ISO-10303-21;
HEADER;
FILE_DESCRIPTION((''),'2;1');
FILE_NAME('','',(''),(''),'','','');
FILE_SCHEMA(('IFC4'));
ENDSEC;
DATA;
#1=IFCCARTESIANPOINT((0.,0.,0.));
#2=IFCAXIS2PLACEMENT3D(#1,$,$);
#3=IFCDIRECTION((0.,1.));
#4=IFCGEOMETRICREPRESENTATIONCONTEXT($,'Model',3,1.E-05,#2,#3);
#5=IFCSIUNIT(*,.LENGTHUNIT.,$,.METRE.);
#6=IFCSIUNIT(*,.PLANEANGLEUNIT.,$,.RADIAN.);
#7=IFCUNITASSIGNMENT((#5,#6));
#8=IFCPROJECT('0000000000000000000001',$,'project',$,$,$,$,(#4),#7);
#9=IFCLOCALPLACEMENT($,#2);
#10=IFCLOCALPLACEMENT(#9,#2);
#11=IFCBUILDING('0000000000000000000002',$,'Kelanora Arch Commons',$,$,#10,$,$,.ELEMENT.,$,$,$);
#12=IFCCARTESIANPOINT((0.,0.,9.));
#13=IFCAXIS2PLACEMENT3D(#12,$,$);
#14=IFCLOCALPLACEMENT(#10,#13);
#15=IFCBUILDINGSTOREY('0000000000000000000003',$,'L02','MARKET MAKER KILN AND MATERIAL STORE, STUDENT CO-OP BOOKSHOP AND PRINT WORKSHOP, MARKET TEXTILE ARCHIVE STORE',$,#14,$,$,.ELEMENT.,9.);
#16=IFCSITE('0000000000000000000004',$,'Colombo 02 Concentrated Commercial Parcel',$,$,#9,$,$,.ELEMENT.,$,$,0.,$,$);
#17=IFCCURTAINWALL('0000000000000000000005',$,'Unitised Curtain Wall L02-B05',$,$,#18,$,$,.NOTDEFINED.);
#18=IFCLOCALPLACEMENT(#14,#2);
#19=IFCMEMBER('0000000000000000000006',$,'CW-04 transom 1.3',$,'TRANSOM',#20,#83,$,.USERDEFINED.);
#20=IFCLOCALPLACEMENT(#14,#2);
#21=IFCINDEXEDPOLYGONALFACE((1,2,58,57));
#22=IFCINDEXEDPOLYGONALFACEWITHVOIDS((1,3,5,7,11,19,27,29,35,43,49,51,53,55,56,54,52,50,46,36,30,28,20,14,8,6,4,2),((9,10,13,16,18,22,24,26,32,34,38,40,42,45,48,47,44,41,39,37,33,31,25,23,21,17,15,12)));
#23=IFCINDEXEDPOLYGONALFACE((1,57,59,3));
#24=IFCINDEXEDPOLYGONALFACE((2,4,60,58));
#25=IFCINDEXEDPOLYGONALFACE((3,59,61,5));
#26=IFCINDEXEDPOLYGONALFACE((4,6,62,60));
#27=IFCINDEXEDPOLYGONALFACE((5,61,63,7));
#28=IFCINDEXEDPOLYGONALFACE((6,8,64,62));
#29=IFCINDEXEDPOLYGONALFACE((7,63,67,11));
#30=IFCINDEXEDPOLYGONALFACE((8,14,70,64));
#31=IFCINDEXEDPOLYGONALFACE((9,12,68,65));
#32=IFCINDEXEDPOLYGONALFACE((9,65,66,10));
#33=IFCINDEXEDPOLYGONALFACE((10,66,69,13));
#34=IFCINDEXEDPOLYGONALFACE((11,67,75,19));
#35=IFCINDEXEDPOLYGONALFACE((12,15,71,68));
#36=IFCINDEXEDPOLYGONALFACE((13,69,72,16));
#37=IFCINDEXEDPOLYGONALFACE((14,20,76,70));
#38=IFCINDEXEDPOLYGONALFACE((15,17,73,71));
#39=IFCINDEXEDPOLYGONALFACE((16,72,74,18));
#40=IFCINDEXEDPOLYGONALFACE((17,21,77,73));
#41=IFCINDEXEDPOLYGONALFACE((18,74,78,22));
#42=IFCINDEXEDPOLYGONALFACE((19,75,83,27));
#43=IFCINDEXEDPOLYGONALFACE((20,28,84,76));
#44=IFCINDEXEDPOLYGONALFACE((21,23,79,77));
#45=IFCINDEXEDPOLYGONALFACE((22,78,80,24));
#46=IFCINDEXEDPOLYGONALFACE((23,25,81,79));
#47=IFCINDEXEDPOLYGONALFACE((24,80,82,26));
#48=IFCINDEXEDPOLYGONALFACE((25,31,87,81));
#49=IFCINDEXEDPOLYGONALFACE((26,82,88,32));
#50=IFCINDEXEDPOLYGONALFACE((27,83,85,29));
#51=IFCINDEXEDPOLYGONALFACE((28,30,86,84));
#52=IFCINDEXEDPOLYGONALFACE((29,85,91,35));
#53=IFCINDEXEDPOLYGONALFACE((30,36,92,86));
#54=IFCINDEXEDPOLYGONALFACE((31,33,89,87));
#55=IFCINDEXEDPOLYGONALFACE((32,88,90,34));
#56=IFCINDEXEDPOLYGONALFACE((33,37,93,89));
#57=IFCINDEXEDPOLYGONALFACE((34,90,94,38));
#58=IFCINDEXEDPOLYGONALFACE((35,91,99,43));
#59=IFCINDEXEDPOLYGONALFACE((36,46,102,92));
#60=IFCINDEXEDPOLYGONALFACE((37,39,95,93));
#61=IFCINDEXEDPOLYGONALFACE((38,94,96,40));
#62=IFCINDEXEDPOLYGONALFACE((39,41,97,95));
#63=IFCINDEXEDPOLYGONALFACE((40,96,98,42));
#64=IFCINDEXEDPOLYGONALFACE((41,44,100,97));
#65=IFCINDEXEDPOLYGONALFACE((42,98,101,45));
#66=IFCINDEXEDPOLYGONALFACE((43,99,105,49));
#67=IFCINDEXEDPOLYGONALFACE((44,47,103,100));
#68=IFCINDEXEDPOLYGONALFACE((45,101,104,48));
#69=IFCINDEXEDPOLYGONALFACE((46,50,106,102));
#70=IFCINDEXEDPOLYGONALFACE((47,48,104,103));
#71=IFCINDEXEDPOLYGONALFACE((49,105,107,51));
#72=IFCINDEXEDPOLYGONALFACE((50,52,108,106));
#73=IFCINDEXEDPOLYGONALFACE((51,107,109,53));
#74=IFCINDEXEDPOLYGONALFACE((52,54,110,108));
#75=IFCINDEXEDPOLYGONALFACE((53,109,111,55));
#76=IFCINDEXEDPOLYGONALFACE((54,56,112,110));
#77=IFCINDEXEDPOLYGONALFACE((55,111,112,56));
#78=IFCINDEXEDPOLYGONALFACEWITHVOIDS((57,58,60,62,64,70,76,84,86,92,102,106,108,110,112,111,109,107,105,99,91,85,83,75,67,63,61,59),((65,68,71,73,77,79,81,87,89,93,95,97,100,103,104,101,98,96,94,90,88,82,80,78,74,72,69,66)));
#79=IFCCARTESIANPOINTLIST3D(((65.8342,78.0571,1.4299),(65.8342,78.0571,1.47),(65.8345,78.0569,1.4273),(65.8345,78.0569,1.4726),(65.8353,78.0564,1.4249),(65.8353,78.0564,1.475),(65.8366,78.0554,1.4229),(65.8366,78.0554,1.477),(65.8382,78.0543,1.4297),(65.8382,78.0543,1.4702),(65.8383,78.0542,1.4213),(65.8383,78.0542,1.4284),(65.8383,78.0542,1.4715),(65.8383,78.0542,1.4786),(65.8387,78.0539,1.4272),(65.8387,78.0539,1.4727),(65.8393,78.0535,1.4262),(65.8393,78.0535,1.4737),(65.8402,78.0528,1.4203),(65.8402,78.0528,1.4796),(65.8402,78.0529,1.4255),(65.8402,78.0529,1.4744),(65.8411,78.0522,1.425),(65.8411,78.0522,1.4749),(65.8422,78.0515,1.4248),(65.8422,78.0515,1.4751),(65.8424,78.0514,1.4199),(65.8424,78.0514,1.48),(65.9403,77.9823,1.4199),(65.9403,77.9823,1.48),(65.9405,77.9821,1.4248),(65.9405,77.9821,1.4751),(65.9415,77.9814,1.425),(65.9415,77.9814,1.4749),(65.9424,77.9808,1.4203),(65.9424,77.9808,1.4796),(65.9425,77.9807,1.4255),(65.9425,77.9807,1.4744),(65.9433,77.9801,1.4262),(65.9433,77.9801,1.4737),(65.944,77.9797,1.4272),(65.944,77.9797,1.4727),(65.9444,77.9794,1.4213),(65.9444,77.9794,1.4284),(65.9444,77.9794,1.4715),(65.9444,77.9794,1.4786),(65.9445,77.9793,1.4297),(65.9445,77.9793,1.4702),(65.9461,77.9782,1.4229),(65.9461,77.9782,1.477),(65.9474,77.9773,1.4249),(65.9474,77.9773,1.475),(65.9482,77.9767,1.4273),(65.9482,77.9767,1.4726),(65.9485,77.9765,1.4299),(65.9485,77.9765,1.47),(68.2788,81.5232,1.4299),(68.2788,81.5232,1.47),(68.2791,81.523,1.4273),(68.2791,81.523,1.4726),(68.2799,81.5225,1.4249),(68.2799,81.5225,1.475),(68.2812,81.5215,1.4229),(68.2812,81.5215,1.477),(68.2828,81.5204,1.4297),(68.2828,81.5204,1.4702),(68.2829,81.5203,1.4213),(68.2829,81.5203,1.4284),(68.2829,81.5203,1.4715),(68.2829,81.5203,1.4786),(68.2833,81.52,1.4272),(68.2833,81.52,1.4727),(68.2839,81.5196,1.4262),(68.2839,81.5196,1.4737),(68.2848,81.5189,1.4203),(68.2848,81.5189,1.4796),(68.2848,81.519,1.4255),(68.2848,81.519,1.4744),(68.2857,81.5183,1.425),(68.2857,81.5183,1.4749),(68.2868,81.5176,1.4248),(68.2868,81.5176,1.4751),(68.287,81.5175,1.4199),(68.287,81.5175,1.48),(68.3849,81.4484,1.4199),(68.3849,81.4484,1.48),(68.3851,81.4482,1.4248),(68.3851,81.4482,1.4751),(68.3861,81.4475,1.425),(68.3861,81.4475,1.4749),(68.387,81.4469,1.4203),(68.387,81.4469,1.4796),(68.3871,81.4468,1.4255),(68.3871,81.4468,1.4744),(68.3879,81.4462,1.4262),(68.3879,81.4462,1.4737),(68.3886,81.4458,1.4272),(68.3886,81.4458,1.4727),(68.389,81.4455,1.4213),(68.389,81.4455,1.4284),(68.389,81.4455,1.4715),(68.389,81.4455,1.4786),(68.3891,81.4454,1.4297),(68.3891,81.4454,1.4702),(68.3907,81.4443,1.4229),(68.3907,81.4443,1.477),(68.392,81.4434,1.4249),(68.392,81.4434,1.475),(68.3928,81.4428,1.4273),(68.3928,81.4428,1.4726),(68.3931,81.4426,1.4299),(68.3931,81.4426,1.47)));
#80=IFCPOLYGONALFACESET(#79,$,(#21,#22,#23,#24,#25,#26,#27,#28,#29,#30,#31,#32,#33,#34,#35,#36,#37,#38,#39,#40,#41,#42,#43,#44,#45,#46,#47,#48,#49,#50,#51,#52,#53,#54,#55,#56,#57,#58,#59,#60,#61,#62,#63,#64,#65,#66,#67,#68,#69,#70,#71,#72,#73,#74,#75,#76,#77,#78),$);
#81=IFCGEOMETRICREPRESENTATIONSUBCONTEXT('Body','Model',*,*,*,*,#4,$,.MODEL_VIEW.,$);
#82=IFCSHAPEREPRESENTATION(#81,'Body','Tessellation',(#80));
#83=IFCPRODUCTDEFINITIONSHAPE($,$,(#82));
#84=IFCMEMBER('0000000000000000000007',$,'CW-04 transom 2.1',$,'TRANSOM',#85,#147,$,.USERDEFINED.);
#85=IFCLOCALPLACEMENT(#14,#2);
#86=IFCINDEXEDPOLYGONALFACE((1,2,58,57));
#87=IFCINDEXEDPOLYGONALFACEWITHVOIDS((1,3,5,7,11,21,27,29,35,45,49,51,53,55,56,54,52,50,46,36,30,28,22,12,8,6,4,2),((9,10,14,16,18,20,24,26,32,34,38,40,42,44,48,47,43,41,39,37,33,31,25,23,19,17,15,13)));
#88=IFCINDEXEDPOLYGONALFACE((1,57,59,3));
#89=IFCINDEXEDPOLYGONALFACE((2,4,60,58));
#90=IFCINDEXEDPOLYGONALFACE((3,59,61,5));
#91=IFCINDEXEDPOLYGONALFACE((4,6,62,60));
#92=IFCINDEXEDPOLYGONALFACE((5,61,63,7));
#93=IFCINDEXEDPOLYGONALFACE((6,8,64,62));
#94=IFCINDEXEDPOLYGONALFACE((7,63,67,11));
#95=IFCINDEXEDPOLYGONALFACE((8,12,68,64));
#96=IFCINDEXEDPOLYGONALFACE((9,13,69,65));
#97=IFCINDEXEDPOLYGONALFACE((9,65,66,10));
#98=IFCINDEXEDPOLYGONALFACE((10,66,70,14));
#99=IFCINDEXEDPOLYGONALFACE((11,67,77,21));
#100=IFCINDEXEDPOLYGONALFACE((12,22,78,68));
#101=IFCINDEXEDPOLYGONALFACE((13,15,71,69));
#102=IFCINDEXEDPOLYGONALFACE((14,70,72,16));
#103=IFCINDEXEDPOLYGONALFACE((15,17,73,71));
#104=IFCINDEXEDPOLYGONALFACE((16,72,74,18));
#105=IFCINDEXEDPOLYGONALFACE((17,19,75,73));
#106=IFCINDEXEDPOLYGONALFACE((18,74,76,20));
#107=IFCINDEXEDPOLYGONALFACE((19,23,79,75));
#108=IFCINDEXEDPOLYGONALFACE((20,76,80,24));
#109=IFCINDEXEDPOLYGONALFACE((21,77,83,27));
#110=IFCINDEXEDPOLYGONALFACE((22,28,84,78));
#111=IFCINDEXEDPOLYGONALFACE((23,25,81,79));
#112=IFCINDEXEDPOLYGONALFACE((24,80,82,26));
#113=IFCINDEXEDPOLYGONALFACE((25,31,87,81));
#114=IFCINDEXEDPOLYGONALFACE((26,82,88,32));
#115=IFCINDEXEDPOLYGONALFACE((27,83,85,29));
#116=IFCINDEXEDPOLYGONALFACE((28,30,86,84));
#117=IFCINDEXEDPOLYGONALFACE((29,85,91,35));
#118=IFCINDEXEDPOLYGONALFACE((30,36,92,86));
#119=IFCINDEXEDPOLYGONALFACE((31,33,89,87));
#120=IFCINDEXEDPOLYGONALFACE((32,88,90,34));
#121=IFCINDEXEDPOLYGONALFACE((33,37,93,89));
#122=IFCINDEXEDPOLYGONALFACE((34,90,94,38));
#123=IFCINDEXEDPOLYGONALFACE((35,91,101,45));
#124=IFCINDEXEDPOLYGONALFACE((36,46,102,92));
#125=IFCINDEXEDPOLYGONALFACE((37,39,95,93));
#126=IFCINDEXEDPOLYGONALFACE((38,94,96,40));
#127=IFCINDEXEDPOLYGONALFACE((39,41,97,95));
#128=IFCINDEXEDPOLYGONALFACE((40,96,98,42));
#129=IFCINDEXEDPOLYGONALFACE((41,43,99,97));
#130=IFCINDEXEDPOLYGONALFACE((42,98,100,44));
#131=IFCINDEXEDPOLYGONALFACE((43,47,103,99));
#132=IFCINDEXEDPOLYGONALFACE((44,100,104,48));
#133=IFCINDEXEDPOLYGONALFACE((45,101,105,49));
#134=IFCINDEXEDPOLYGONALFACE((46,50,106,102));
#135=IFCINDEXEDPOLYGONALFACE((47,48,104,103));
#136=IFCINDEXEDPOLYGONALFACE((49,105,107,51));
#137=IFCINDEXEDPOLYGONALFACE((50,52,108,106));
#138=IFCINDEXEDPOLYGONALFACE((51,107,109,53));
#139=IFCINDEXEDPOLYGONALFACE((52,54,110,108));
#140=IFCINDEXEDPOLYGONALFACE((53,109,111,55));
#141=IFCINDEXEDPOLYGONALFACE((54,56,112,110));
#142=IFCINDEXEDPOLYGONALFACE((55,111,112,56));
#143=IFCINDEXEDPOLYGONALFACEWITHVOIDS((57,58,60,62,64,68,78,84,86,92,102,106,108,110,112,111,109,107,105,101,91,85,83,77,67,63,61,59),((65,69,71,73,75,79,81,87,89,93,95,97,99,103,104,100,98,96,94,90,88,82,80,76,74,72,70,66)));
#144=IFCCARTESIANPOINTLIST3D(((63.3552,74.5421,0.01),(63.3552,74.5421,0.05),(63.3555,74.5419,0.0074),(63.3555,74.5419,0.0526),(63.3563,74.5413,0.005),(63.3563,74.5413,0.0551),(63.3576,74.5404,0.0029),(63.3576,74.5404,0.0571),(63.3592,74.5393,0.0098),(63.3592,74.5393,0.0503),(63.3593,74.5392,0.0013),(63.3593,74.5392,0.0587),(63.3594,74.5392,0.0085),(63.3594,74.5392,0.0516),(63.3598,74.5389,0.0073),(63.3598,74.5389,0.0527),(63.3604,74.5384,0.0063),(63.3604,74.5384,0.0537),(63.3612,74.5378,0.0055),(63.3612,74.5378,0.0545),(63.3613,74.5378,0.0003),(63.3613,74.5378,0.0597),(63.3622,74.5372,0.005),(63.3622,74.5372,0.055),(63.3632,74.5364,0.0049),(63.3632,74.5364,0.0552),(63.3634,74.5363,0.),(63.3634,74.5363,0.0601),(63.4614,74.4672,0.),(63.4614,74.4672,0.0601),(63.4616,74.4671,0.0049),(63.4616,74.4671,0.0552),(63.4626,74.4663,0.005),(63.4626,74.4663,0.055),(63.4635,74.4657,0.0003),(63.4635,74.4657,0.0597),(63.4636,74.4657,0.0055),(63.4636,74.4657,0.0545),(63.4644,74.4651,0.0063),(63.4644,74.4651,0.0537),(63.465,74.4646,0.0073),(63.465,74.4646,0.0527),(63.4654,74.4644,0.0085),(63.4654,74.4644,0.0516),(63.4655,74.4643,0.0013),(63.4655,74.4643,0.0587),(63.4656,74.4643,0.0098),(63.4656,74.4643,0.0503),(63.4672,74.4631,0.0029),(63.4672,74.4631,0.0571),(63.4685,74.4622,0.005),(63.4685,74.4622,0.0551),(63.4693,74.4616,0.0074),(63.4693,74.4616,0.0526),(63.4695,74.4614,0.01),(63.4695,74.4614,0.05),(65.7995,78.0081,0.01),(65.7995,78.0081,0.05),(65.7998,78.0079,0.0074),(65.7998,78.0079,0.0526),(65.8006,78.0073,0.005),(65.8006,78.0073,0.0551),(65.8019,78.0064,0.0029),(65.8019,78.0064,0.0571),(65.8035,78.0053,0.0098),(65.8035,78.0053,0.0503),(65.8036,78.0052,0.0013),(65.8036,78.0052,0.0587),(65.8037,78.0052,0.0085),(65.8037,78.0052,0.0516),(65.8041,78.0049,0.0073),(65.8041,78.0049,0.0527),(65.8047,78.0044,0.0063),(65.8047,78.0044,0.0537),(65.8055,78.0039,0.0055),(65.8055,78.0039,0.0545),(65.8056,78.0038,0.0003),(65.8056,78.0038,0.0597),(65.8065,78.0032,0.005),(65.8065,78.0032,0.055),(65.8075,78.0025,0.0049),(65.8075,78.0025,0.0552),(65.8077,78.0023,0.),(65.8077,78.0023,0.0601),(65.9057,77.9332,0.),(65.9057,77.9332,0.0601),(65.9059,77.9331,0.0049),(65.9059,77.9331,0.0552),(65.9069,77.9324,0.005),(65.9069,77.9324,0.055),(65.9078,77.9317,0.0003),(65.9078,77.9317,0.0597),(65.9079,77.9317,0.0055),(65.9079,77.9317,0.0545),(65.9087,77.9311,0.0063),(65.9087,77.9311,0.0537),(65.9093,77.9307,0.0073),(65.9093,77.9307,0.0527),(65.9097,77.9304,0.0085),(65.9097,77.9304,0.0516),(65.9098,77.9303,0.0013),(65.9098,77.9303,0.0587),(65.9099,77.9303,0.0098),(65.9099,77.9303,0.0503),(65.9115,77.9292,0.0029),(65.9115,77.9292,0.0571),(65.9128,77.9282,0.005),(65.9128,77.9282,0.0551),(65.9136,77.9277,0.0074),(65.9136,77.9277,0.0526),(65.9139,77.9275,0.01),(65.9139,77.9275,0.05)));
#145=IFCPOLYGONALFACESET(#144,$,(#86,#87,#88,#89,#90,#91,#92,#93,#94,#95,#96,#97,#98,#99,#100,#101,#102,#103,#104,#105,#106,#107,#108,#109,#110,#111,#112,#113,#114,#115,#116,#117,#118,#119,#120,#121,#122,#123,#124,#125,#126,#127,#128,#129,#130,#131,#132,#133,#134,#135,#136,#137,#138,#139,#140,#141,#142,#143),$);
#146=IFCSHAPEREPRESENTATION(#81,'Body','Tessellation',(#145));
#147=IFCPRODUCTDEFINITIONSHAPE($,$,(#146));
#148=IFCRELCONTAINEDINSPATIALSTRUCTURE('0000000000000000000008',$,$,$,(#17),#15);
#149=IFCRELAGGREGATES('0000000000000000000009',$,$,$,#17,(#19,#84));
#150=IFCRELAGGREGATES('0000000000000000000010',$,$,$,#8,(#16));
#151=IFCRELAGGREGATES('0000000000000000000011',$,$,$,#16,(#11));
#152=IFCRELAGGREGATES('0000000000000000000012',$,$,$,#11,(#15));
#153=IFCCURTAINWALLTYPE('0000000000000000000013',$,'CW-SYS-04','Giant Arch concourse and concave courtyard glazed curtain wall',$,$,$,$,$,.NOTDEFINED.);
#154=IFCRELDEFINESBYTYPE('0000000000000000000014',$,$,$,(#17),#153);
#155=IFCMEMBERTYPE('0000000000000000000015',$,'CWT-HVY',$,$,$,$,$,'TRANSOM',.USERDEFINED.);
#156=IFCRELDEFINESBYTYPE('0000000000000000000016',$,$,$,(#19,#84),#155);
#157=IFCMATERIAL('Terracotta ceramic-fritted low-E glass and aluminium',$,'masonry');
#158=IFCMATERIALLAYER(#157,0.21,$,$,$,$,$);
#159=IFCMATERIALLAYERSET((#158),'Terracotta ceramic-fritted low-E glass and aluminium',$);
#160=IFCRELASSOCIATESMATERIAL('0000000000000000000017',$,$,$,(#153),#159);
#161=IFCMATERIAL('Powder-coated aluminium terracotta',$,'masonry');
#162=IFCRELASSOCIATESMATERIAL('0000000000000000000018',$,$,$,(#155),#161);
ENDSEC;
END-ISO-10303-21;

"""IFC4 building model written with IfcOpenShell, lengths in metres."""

from ifc_helpers import new_model, si_unit, direction, frame, origin, origin_2d, place, context, subcontext, project, spatial, hollow_rectangle, extrude, material, layer, layer_set, material_profile, profile_set, type_object, element, aggregate, save


model = new_model("IFC4")

# Units and contexts
model_context = context("Model", 3, precision=1e-05, world=origin(), true_north=direction((0.0, 1.0)))
body_context = subcontext(model_context, "Body", "Model", "MODEL_VIEW")
ifc_project = project(units=[si_unit("LENGTHUNIT", "METRE"), si_unit("PLANEANGLEUNIT", "RADIAN")], contexts=[model_context])

# Site, building, storey
site_placement = place(None, origin())
site = spatial("IfcSite", under=ifc_project, at=site_placement, Name="Colombo 02 Concentrated Commercial Parcel", CompositionType="ELEMENT", RefElevation=0.0)
building_placement = place(site_placement, origin())
building = spatial("IfcBuilding", under=site, at=building_placement, Name="Kelanora Arch Commons", CompositionType="ELEMENT")
storey_placement = place(building_placement, frame((0.0, 0.0, 9.0)))
storey = spatial("IfcBuildingStorey", under=building, at=storey_placement, Name="L02", Description="MARKET MAKER KILN AND MATERIAL STORE, STUDENT CO-OP BOOKSHOP AND PRINT WORKSHOP, MARKET TEXTILE ARCHIVE STORE", CompositionType="ELEMENT", Elevation=9.0)

# Curtain wall
ifc_material_1 = material(Name="Terracotta ceramic-fritted low-E glass and aluminium", Category="masonry")
ifc_layer_1 = layer(ifc_material_1, 0.21)
ifc_layer_set_1 = layer_set([ifc_layer_1], Name="Terracotta ceramic-fritted low-E glass and aluminium")
curtain_wall_type = type_object("IfcCurtainWallType", Name="CW-SYS-04", Description="Giant Arch concourse and concave courtyard glazed curtain wall", PredefinedType="NOTDEFINED", material=ifc_layer_set_1)
curtain_wall_1_placement = place(storey_placement, origin())
curtain_wall_1 = element("IfcCurtainWall", 1, at=curtain_wall_1_placement, inside=storey, type_object=curtain_wall_type, Name="Unitised Curtain Wall L02-B05", PredefinedType="NOTDEFINED")
ifc_material_2 = material(Name="Powder-coated aluminium terracotta", Category="masonry")

# Members
ifc_material_profile_1 = material_profile(ifc_material_2, hollow_rectangle(XDim=0.1399, YDim=0.0601, WallThickness=0.0049, InnerFilletRadius=0.0049, OuterFilletRadius=0.01, at=origin_2d()), Name="CWT140x60")
ifc_profile_set_1 = profile_set([ifc_material_profile_1], Name="Powder-coated aluminium terracotta")
member_type_1 = type_object("IfcMemberType", Name="CWT-HVY", ElementType="TRANSOM", PredefinedType="USERDEFINED", material=ifc_profile_set_1)
member_1_placement = place(storey_placement, frame((68.3359, 81.4829, 1.45), z_axis=(-0.57636, -0.817196, 0.0), x_axis=(0.817196, -0.57636, 0.0)))
member_1 = element("IfcMember", 2, at=member_1_placement, type_object=member_type_1, Name="CW-04 transom 1.3", ObjectType="TRANSOM", PredefinedType="USERDEFINED", context=body_context, shape_type="SweptSolid", body=[
    extrude(hollow_rectangle(XDim=0.1399, YDim=0.0601, WallThickness=0.0049, InnerFilletRadius=0.0049, OuterFilletRadius=0.01, at=origin_2d()), origin(), (0.0, 0.0, 1.0), 4.2415),
])
member_2_placement = place(storey_placement, frame((65.8567, 77.9678, 0.03), z_axis=(-0.576322, -0.817223, 0.0), x_axis=(0.817223, -0.576322, 0.0)))
member_2 = element("IfcMember", 3, at=member_2_placement, type_object=member_type_1, Name="CW-04 transom 2.1", ObjectType="TRANSOM", PredefinedType="USERDEFINED", context=body_context, shape_type="SweptSolid", body=[
    extrude(hollow_rectangle(XDim=0.1399, YDim=0.0601, WallThickness=0.0049, InnerFilletRadius=0.0049, OuterFilletRadius=0.01, at=origin_2d()), origin(), (0.0, 0.0, 1.0), 4.2412),
])

aggregate(curtain_wall_1, [member_1, member_2])

save(model, "model.ifc")
